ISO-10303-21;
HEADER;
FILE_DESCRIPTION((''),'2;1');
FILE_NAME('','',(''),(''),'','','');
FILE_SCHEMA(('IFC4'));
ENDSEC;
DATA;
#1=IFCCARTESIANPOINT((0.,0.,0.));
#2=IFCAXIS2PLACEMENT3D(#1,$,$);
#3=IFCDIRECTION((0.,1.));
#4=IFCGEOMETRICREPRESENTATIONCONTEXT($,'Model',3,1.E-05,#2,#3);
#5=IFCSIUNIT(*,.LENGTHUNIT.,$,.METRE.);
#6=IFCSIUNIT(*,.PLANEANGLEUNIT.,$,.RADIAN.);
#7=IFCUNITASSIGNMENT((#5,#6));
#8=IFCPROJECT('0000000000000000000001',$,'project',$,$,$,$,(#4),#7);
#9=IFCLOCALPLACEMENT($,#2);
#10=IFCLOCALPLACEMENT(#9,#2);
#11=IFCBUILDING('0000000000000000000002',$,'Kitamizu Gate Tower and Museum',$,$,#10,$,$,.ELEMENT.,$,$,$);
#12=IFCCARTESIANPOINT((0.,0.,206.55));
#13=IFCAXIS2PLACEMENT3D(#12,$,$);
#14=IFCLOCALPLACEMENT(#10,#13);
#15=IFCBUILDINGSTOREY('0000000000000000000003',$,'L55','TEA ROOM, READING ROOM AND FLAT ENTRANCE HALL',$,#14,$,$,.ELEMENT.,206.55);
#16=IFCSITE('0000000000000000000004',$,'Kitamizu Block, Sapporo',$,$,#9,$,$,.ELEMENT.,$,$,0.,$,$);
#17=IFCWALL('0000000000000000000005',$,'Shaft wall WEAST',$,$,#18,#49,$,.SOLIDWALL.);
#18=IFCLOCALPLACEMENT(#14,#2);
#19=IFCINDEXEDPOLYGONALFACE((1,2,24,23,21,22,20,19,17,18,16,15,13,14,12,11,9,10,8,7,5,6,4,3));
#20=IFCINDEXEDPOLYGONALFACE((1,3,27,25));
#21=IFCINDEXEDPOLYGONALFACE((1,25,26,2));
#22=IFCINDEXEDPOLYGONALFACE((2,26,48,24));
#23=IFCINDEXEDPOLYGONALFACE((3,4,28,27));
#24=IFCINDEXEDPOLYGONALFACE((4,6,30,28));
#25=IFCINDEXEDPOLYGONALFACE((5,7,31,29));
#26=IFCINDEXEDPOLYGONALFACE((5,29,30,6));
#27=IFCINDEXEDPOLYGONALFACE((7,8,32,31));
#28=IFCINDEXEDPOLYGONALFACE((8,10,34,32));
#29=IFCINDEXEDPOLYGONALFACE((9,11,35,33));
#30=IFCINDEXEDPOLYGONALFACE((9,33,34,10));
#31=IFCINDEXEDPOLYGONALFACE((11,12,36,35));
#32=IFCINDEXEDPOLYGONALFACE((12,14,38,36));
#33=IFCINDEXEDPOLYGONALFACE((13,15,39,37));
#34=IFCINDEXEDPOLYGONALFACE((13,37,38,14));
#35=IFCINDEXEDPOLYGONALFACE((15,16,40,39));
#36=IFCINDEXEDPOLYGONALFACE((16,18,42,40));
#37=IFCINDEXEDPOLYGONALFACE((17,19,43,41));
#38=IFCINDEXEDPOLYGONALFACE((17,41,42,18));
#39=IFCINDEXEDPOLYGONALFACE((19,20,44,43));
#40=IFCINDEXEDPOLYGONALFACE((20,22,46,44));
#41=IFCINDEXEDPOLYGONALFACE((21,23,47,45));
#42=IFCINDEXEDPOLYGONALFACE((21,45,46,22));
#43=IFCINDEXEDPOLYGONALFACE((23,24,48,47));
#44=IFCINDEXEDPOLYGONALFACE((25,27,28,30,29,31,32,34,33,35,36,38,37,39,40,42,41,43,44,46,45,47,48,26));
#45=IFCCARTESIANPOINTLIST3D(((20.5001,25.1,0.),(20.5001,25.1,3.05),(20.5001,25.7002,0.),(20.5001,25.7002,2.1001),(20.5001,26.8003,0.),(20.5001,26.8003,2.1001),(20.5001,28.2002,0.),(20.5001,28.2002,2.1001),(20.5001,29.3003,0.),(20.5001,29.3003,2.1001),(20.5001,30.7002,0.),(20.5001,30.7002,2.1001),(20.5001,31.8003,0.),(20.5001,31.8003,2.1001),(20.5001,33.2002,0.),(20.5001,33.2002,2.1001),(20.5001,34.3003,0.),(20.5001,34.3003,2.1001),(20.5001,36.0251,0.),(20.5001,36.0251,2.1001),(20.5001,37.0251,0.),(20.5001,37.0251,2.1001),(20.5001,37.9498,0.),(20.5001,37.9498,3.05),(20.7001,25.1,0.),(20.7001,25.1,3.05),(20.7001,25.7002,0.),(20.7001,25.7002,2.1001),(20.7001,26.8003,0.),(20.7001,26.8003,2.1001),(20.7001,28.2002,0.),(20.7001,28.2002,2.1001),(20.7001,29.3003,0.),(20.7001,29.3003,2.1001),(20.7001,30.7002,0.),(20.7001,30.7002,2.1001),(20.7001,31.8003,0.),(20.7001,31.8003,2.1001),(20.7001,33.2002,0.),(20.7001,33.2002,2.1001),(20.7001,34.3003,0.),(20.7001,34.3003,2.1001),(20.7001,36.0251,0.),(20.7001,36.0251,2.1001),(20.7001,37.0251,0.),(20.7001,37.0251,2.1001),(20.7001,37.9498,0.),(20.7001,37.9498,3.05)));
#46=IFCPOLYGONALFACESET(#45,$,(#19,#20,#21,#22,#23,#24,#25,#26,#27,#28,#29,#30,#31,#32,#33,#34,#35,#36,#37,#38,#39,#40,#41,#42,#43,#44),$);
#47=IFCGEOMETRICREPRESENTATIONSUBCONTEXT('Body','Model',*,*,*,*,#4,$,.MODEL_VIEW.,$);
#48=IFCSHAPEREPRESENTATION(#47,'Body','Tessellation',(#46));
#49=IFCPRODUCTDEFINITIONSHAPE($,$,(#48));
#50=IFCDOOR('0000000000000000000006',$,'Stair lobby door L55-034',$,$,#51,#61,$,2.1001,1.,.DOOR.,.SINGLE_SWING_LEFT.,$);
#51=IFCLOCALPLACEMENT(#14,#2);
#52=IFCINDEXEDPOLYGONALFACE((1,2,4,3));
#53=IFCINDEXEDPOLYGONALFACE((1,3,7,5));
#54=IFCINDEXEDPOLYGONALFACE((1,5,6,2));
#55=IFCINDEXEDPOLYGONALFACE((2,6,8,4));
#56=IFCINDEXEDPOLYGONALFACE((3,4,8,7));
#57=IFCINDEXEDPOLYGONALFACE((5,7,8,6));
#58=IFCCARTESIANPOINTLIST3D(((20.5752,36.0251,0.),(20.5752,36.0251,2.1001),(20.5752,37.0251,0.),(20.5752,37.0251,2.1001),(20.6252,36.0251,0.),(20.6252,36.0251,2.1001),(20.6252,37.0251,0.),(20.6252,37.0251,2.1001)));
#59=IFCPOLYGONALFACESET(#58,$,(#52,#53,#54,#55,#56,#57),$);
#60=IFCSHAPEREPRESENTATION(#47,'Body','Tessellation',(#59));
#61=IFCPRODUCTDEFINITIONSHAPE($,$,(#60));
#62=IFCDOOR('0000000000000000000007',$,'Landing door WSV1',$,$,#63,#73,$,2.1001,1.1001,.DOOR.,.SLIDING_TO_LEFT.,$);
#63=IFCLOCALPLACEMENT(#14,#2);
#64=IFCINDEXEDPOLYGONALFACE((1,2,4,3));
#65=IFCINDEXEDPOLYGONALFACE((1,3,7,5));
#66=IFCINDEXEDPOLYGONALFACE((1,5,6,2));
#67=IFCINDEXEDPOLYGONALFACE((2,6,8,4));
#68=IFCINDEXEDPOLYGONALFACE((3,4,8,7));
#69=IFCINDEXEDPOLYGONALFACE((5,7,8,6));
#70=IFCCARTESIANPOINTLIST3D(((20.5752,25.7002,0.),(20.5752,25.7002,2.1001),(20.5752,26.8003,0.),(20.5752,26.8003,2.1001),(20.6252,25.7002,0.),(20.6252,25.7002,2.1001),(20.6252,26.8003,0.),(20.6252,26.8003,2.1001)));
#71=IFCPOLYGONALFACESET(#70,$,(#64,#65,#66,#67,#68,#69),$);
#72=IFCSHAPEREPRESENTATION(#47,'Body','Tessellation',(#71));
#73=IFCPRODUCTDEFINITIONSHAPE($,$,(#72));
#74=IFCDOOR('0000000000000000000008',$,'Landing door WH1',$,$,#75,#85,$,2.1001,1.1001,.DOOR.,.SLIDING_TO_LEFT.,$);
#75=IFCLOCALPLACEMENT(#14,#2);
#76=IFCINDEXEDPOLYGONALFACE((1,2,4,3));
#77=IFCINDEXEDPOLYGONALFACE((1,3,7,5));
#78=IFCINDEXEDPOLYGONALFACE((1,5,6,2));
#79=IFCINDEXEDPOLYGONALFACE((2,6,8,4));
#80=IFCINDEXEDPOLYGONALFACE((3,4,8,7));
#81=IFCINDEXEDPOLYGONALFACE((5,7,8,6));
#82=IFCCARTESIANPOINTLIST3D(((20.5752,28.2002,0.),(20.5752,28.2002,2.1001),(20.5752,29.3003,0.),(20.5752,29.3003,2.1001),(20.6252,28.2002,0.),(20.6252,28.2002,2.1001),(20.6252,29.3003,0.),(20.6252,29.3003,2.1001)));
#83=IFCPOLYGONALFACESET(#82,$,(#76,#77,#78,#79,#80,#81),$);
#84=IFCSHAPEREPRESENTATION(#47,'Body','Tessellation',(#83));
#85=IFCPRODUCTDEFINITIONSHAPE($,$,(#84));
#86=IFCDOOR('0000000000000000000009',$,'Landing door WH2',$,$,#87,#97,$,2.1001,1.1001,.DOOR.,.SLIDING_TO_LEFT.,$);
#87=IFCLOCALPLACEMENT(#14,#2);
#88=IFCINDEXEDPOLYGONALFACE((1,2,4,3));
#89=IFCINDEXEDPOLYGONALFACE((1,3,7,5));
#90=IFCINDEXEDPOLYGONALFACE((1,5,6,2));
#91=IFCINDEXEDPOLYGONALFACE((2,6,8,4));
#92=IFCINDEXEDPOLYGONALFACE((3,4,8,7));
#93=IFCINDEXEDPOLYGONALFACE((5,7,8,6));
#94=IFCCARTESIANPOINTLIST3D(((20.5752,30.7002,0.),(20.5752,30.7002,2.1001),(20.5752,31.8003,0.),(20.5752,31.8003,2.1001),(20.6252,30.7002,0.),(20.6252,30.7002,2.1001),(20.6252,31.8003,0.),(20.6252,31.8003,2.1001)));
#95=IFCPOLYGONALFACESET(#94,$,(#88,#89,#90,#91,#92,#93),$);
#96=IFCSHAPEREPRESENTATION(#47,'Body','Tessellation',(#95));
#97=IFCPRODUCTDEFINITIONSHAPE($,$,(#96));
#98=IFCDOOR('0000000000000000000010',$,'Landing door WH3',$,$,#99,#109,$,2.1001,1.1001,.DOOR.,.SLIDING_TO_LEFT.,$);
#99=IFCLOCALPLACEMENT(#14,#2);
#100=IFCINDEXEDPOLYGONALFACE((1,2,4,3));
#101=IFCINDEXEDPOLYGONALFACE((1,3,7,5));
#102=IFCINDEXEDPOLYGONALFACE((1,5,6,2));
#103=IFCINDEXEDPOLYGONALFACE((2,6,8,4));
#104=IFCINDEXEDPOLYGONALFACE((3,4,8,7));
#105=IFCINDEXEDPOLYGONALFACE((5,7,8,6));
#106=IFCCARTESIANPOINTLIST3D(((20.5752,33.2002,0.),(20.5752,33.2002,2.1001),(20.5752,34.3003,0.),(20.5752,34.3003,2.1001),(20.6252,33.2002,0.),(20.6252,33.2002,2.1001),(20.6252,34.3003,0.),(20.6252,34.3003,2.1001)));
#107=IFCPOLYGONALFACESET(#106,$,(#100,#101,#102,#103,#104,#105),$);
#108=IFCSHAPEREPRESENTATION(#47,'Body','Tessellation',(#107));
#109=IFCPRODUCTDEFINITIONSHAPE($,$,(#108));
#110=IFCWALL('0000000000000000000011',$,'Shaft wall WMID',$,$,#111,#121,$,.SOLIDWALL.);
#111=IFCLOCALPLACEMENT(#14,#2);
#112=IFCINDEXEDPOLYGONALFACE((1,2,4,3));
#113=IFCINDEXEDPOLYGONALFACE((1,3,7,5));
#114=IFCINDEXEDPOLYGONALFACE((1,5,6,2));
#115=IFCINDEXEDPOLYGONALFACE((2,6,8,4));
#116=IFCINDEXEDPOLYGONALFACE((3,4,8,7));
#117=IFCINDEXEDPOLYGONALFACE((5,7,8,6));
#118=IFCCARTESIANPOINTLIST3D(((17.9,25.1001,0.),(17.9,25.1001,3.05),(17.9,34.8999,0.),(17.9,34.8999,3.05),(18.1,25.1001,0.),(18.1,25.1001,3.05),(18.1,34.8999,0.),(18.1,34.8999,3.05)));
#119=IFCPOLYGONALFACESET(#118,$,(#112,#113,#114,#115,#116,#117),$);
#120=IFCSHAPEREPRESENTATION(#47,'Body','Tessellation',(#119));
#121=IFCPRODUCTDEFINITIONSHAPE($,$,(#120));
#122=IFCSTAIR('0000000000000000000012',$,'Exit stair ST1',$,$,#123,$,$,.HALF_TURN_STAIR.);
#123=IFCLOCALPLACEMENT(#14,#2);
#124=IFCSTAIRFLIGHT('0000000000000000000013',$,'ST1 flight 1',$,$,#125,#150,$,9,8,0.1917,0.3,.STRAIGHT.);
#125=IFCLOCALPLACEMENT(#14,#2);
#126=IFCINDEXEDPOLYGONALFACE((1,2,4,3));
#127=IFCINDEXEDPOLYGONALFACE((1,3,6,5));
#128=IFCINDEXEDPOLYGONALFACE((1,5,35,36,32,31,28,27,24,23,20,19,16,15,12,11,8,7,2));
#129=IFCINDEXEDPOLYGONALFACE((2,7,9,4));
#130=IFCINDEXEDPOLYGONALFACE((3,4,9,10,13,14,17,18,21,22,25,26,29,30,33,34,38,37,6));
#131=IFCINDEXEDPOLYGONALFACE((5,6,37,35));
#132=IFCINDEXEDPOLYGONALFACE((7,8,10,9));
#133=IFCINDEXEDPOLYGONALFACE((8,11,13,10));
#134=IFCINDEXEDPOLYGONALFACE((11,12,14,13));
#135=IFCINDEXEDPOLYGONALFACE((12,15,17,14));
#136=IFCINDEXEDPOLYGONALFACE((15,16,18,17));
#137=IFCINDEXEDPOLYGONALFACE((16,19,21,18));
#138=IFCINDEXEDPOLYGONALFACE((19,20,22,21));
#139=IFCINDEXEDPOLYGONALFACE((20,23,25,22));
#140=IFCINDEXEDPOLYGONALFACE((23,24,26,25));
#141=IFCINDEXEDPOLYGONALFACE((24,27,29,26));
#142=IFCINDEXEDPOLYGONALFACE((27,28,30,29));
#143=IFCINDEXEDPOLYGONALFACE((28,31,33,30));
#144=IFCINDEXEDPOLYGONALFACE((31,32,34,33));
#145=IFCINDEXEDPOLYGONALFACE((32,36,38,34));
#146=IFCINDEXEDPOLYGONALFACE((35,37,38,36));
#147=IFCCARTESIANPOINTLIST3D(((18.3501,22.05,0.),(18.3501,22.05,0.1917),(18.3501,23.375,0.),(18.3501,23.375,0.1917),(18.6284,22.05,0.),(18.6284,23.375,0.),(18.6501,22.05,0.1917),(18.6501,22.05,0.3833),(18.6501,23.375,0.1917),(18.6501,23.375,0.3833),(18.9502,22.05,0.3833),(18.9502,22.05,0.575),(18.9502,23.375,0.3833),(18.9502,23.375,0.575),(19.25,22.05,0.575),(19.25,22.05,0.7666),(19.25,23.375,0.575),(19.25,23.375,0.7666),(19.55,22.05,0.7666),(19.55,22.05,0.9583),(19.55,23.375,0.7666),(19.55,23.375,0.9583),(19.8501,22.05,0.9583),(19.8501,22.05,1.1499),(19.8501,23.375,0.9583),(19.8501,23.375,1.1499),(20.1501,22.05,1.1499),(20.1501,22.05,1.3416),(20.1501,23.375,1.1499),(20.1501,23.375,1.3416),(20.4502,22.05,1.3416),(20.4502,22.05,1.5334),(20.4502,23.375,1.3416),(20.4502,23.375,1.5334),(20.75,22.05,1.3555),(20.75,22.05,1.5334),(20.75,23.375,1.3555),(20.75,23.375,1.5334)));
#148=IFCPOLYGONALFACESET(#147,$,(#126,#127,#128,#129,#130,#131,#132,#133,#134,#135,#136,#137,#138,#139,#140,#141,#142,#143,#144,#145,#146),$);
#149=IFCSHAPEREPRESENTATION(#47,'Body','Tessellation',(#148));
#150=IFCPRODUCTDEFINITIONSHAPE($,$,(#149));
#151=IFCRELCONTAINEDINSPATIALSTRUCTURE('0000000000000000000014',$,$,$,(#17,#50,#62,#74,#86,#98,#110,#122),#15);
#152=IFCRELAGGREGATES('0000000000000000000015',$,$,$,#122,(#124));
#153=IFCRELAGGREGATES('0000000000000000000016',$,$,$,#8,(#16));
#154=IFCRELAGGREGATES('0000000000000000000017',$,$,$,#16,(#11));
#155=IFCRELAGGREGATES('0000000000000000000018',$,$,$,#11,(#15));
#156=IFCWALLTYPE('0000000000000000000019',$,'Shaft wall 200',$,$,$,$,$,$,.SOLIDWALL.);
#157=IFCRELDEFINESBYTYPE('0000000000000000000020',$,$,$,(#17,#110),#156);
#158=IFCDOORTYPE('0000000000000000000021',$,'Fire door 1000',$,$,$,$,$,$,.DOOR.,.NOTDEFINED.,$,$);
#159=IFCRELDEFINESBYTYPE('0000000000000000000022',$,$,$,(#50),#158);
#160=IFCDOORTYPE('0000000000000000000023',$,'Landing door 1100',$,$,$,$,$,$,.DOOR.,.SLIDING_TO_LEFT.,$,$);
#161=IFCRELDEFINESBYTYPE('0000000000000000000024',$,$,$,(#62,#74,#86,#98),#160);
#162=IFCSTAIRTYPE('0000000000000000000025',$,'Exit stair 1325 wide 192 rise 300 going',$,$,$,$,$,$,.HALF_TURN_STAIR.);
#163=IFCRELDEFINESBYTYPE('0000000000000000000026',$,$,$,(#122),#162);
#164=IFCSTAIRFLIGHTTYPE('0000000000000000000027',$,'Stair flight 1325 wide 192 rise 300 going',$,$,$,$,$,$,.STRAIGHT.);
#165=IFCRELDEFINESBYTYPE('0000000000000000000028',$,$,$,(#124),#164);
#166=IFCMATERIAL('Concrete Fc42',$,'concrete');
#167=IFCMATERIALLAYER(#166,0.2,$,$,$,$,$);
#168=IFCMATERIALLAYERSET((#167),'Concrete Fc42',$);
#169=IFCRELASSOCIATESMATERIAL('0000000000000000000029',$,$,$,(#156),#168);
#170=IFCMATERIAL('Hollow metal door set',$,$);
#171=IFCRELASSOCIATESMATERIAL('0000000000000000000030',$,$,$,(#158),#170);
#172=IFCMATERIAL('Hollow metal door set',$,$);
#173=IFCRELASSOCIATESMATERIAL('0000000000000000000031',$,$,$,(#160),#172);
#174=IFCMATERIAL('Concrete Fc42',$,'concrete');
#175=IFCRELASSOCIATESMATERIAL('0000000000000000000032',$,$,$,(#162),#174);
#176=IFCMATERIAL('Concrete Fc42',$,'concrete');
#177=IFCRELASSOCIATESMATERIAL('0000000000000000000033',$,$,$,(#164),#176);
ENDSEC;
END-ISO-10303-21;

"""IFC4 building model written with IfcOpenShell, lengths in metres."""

from ifc_helpers import new_model, si_unit, direction, frame, frame_2d, origin, place, context, subcontext, project, spatial, polyline, rectangle, outline, extrude, material, layer, layer_set, type_object, element, fill, aggregate, save


model = new_model("IFC4")

# Units and contexts
model_context = context("Model", 3, precision=1e-05, world=origin(), true_north=direction((0.0, 1.0)))
body_context = subcontext(model_context, "Body", "Model", "MODEL_VIEW")
ifc_project = project(units=[si_unit("LENGTHUNIT", "METRE"), si_unit("PLANEANGLEUNIT", "RADIAN")], contexts=[model_context])

# Site, building, storey
site_placement = place(None, origin())
site = spatial("IfcSite", under=ifc_project, at=site_placement, Name="Kitamizu Block, Sapporo", CompositionType="ELEMENT", RefElevation=0.0)
building_placement = place(site_placement, origin())
building = spatial("IfcBuilding", under=site, at=building_placement, Name="Kitamizu Gate Tower and Museum", CompositionType="ELEMENT")
storey_placement = place(building_placement, frame((0.0, 0.0, 206.55)))
storey = spatial("IfcBuildingStorey", under=building, at=storey_placement, Name="L55", Description="TEA ROOM, READING ROOM AND FLAT ENTRANCE HALL", CompositionType="ELEMENT", Elevation=206.55)

# Wall, openings, doors
ifc_material_1 = material(Name="Concrete Fc42", Category="concrete")
ifc_layer_1 = layer(ifc_material_1, 0.2)
ifc_layer_set_1 = layer_set([ifc_layer_1], Name="Concrete Fc42")
wall_type_1 = type_object("IfcWallType", Name="Shaft wall 200", PredefinedType="SOLIDWALL", material=ifc_layer_set_1)
wall_1_placement = place(storey_placement, frame((20.6001, 25.1001, 0.0), z_axis=(0.0, 0.0, 1.0), x_axis=(0.0, 1.0, 0.0)))
wall_1 = element("IfcWall", 1, at=wall_1_placement, inside=storey, type_object=wall_type_1, Name="Shaft wall WEAST", PredefinedType="SOLIDWALL", context=body_context, shape_type="SweptSolid", body=[
    extrude(rectangle(XDim=12.8499, YDim=0.2, at=frame_2d((6.4248, 0.0))), origin(), (0.0, 0.0, 1.0), 3.05),
])
opening_1_placement = place(wall_1_placement, frame((0.6001, 0.0, 0.0)))
opening_1 = element("IfcOpeningElement", 2, at=opening_1_placement, cuts=wall_1, PredefinedType="OPENING", context=body_context, shape_type="SweptSolid", body=[
    extrude(rectangle(XDim=1.1001, YDim=2.1001, at=frame_2d((0.55, 1.05))), frame((0.0, 0.1099, 0.0), z_axis=(0.0, -1.0, 0.0), x_axis=(1.0, 0.0, 0.0)), (0.0, 0.0, 1.0), 0.22),
])
opening_2_placement = place(wall_1_placement, frame((3.1001, 0.0, 0.0)))
opening_2 = element("IfcOpeningElement", 3, at=opening_2_placement, cuts=wall_1, PredefinedType="OPENING", context=body_context, shape_type="SweptSolid", body=[
    extrude(rectangle(XDim=1.1001, YDim=2.1001, at=frame_2d((0.55, 1.05))), frame((0.0, 0.1099, 0.0), z_axis=(0.0, -1.0, 0.0), x_axis=(1.0, 0.0, 0.0)), (0.0, 0.0, 1.0), 0.22),
])
opening_3_placement = place(wall_1_placement, frame((5.6001, 0.0, 0.0)))
opening_3 = element("IfcOpeningElement", 4, at=opening_3_placement, cuts=wall_1, PredefinedType="OPENING", context=body_context, shape_type="SweptSolid", body=[
    extrude(rectangle(XDim=1.1001, YDim=2.1001, at=frame_2d((0.55, 1.05))), frame((0.0, 0.1099, 0.0), z_axis=(0.0, -1.0, 0.0), x_axis=(1.0, 0.0, 0.0)), (0.0, 0.0, 1.0), 0.22),
])
opening_4_placement = place(wall_1_placement, frame((8.1001, 0.0, 0.0)))
opening_4 = element("IfcOpeningElement", 5, at=opening_4_placement, cuts=wall_1, PredefinedType="OPENING", context=body_context, shape_type="SweptSolid", body=[
    extrude(rectangle(XDim=1.1001, YDim=2.1001, at=frame_2d((0.55, 1.05))), frame((0.0, 0.1099, 0.0), z_axis=(0.0, -1.0, 0.0), x_axis=(1.0, 0.0, 0.0)), (0.0, 0.0, 1.0), 0.22),
])
opening_5_placement = place(wall_1_placement, frame((10.925, 0.0, 0.0)))
opening_5 = element("IfcOpeningElement", 6, at=opening_5_placement, cuts=wall_1, PredefinedType="OPENING", context=body_context, shape_type="SweptSolid", body=[
    extrude(rectangle(XDim=1.0, YDim=2.1001, at=frame_2d((0.5, 1.05))), frame((0.0, 0.1099, 0.0), z_axis=(0.0, -1.0, 0.0), x_axis=(1.0, 0.0, 0.0)), (0.0, 0.0, 1.0), 0.22),
])
ifc_material_2 = material(Name="Hollow metal door set")
door_type_1 = type_object("IfcDoorType", Name="Fire door 1000", OperationType="NOTDEFINED", PredefinedType="DOOR", material=ifc_material_2)
door_1_placement = place(opening_5_placement, origin())
door_1 = element("IfcDoor", 7, at=door_1_placement, inside=storey, type_object=door_type_1, Name="Stair lobby door L55-034", OperationType="SINGLE_SWING_LEFT", OverallHeight=2.1001, OverallWidth=1.0, PredefinedType="DOOR", context=body_context, shape_type="SweptSolid", body=[
    extrude(rectangle(XDim=1.0, YDim=2.1001, at=frame_2d((0.5, 1.05))), frame((0.0, 0.0249, 0.0), z_axis=(0.0, -1.0, 0.0), x_axis=(1.0, 0.0, 0.0)), (0.0, 0.0, 1.0), 0.05),
])
fill(opening_5, door_1)
ifc_material_3 = material(Name="Hollow metal door set")
door_type_2 = type_object("IfcDoorType", Name="Landing door 1100", OperationType="SLIDING_TO_LEFT", PredefinedType="DOOR", material=ifc_material_3)
door_2_placement = place(opening_1_placement, origin())
door_2 = element("IfcDoor", 8, at=door_2_placement, inside=storey, type_object=door_type_2, Name="Landing door WSV1", OperationType="SLIDING_TO_LEFT", OverallHeight=2.1001, OverallWidth=1.1001, PredefinedType="DOOR", context=body_context, shape_type="SweptSolid", body=[
    extrude(rectangle(XDim=1.1001, YDim=2.1001, at=frame_2d((0.55, 1.05))), frame((0.0, 0.0249, 0.0), z_axis=(0.0, -1.0, 0.0), x_axis=(1.0, 0.0, 0.0)), (0.0, 0.0, 1.0), 0.05),
])
fill(opening_1, door_2)
door_3_placement = place(opening_2_placement, origin())
door_3 = element("IfcDoor", 9, at=door_3_placement, inside=storey, type_object=door_type_2, Name="Landing door WH1", OperationType="SLIDING_TO_LEFT", OverallHeight=2.1001, OverallWidth=1.1001, PredefinedType="DOOR", context=body_context, shape_type="SweptSolid", body=[
    extrude(rectangle(XDim=1.1001, YDim=2.1001, at=frame_2d((0.55, 1.05))), frame((0.0, 0.0249, 0.0), z_axis=(0.0, -1.0, 0.0), x_axis=(1.0, 0.0, 0.0)), (0.0, 0.0, 1.0), 0.05),
])
fill(opening_2, door_3)
door_4_placement = place(opening_3_placement, origin())
door_4 = element("IfcDoor", 10, at=door_4_placement, inside=storey, type_object=door_type_2, Name="Landing door WH2", OperationType="SLIDING_TO_LEFT", OverallHeight=2.1001, OverallWidth=1.1001, PredefinedType="DOOR", context=body_context, shape_type="SweptSolid", body=[
    extrude(rectangle(XDim=1.1001, YDim=2.1001, at=frame_2d((0.55, 1.05))), frame((0.0, 0.0249, 0.0), z_axis=(0.0, -1.0, 0.0), x_axis=(1.0, 0.0, 0.0)), (0.0, 0.0, 1.0), 0.05),
])
fill(opening_3, door_4)
door_5_placement = place(opening_4_placement, origin())
door_5 = element("IfcDoor", 11, at=door_5_placement, inside=storey, type_object=door_type_2, Name="Landing door WH3", OperationType="SLIDING_TO_LEFT", OverallHeight=2.1001, OverallWidth=1.1001, PredefinedType="DOOR", context=body_context, shape_type="SweptSolid", body=[
    extrude(rectangle(XDim=1.1001, YDim=2.1001, at=frame_2d((0.55, 1.05))), frame((0.0, 0.0249, 0.0), z_axis=(0.0, -1.0, 0.0), x_axis=(1.0, 0.0, 0.0)), (0.0, 0.0, 1.0), 0.05),
])
fill(opening_4, door_5)

# Wall
wall_2_placement = place(storey_placement, frame((18.0, 25.1001, 0.0), z_axis=(0.0, 0.0, 1.0), x_axis=(0.0, 1.0, 0.0)))
element("IfcWall", 12, at=wall_2_placement, inside=storey, type_object=wall_type_1, Name="Shaft wall WMID", PredefinedType="SOLIDWALL", context=body_context, shape_type="SweptSolid", body=[
    extrude(rectangle(XDim=9.7998, YDim=0.2, at=frame_2d((4.8999, 0.0))), origin(), (0.0, 0.0, 1.0), 3.05),
])

# Stair, stair flight
ifc_material_4 = material(Name="Concrete Fc42", Category="concrete")
stair_type = type_object("IfcStairType", Name="Exit stair 1325 wide 192 rise 300 going", PredefinedType="HALF_TURN_STAIR", material=ifc_material_4)
stair_placement = place(storey_placement, origin())
stair = element("IfcStair", 13, at=stair_placement, inside=storey, type_object=stair_type, Name="Exit stair ST1", PredefinedType="HALF_TURN_STAIR")
ifc_material_5 = material(Name="Concrete Fc42", Category="concrete")
stair_flight_type = type_object("IfcStairFlightType", Name="Stair flight 1325 wide 192 rise 300 going", PredefinedType="STRAIGHT", material=ifc_material_5)
stair_flight_1_placement = place(storey_placement, frame((18.3501, 22.7124, 0.0), z_axis=(0.0, 0.0, 1.0), x_axis=(1.0, 0.0, 0.0)))
stair_flight_1 = element("IfcStairFlight", 14, at=stair_flight_1_placement, type_object=stair_flight_type, Name="ST1 flight 1", NumberOfRisers=9, NumberOfTreads=8, PredefinedType="STRAIGHT", RiserHeight=0.1917, TreadLength=0.3, context=body_context, shape_type="SweptSolid", body=[
    extrude(outline(polyline([(0.0, 0.0), (0.0, 0.1917), (0.3, 0.1917), (0.3, 0.3833), (0.6001, 0.3833), (0.6001, 0.575), (0.8999, 0.575), (0.8999, 0.7666), (1.2, 0.7666), (1.2, 0.9583), (1.5, 0.9583), (1.5, 1.1499), (1.8, 1.1499), (1.8, 1.3416), (2.1001, 1.3416), (2.1001, 1.5334), (2.3999, 1.5334), (2.3999, 1.7251), (2.3999, 1.3555), (0.2783, 0.0), (0.0, 0.0)])), frame((0.0, 0.6626, 0.0), z_axis=(0.0, -1.0, 0.0), x_axis=(1.0, 0.0, 0.0)), (0.0, 0.0, 1.0), 1.325),
])
aggregate(stair, [stair_flight_1])

save(model, "model.ifc")
